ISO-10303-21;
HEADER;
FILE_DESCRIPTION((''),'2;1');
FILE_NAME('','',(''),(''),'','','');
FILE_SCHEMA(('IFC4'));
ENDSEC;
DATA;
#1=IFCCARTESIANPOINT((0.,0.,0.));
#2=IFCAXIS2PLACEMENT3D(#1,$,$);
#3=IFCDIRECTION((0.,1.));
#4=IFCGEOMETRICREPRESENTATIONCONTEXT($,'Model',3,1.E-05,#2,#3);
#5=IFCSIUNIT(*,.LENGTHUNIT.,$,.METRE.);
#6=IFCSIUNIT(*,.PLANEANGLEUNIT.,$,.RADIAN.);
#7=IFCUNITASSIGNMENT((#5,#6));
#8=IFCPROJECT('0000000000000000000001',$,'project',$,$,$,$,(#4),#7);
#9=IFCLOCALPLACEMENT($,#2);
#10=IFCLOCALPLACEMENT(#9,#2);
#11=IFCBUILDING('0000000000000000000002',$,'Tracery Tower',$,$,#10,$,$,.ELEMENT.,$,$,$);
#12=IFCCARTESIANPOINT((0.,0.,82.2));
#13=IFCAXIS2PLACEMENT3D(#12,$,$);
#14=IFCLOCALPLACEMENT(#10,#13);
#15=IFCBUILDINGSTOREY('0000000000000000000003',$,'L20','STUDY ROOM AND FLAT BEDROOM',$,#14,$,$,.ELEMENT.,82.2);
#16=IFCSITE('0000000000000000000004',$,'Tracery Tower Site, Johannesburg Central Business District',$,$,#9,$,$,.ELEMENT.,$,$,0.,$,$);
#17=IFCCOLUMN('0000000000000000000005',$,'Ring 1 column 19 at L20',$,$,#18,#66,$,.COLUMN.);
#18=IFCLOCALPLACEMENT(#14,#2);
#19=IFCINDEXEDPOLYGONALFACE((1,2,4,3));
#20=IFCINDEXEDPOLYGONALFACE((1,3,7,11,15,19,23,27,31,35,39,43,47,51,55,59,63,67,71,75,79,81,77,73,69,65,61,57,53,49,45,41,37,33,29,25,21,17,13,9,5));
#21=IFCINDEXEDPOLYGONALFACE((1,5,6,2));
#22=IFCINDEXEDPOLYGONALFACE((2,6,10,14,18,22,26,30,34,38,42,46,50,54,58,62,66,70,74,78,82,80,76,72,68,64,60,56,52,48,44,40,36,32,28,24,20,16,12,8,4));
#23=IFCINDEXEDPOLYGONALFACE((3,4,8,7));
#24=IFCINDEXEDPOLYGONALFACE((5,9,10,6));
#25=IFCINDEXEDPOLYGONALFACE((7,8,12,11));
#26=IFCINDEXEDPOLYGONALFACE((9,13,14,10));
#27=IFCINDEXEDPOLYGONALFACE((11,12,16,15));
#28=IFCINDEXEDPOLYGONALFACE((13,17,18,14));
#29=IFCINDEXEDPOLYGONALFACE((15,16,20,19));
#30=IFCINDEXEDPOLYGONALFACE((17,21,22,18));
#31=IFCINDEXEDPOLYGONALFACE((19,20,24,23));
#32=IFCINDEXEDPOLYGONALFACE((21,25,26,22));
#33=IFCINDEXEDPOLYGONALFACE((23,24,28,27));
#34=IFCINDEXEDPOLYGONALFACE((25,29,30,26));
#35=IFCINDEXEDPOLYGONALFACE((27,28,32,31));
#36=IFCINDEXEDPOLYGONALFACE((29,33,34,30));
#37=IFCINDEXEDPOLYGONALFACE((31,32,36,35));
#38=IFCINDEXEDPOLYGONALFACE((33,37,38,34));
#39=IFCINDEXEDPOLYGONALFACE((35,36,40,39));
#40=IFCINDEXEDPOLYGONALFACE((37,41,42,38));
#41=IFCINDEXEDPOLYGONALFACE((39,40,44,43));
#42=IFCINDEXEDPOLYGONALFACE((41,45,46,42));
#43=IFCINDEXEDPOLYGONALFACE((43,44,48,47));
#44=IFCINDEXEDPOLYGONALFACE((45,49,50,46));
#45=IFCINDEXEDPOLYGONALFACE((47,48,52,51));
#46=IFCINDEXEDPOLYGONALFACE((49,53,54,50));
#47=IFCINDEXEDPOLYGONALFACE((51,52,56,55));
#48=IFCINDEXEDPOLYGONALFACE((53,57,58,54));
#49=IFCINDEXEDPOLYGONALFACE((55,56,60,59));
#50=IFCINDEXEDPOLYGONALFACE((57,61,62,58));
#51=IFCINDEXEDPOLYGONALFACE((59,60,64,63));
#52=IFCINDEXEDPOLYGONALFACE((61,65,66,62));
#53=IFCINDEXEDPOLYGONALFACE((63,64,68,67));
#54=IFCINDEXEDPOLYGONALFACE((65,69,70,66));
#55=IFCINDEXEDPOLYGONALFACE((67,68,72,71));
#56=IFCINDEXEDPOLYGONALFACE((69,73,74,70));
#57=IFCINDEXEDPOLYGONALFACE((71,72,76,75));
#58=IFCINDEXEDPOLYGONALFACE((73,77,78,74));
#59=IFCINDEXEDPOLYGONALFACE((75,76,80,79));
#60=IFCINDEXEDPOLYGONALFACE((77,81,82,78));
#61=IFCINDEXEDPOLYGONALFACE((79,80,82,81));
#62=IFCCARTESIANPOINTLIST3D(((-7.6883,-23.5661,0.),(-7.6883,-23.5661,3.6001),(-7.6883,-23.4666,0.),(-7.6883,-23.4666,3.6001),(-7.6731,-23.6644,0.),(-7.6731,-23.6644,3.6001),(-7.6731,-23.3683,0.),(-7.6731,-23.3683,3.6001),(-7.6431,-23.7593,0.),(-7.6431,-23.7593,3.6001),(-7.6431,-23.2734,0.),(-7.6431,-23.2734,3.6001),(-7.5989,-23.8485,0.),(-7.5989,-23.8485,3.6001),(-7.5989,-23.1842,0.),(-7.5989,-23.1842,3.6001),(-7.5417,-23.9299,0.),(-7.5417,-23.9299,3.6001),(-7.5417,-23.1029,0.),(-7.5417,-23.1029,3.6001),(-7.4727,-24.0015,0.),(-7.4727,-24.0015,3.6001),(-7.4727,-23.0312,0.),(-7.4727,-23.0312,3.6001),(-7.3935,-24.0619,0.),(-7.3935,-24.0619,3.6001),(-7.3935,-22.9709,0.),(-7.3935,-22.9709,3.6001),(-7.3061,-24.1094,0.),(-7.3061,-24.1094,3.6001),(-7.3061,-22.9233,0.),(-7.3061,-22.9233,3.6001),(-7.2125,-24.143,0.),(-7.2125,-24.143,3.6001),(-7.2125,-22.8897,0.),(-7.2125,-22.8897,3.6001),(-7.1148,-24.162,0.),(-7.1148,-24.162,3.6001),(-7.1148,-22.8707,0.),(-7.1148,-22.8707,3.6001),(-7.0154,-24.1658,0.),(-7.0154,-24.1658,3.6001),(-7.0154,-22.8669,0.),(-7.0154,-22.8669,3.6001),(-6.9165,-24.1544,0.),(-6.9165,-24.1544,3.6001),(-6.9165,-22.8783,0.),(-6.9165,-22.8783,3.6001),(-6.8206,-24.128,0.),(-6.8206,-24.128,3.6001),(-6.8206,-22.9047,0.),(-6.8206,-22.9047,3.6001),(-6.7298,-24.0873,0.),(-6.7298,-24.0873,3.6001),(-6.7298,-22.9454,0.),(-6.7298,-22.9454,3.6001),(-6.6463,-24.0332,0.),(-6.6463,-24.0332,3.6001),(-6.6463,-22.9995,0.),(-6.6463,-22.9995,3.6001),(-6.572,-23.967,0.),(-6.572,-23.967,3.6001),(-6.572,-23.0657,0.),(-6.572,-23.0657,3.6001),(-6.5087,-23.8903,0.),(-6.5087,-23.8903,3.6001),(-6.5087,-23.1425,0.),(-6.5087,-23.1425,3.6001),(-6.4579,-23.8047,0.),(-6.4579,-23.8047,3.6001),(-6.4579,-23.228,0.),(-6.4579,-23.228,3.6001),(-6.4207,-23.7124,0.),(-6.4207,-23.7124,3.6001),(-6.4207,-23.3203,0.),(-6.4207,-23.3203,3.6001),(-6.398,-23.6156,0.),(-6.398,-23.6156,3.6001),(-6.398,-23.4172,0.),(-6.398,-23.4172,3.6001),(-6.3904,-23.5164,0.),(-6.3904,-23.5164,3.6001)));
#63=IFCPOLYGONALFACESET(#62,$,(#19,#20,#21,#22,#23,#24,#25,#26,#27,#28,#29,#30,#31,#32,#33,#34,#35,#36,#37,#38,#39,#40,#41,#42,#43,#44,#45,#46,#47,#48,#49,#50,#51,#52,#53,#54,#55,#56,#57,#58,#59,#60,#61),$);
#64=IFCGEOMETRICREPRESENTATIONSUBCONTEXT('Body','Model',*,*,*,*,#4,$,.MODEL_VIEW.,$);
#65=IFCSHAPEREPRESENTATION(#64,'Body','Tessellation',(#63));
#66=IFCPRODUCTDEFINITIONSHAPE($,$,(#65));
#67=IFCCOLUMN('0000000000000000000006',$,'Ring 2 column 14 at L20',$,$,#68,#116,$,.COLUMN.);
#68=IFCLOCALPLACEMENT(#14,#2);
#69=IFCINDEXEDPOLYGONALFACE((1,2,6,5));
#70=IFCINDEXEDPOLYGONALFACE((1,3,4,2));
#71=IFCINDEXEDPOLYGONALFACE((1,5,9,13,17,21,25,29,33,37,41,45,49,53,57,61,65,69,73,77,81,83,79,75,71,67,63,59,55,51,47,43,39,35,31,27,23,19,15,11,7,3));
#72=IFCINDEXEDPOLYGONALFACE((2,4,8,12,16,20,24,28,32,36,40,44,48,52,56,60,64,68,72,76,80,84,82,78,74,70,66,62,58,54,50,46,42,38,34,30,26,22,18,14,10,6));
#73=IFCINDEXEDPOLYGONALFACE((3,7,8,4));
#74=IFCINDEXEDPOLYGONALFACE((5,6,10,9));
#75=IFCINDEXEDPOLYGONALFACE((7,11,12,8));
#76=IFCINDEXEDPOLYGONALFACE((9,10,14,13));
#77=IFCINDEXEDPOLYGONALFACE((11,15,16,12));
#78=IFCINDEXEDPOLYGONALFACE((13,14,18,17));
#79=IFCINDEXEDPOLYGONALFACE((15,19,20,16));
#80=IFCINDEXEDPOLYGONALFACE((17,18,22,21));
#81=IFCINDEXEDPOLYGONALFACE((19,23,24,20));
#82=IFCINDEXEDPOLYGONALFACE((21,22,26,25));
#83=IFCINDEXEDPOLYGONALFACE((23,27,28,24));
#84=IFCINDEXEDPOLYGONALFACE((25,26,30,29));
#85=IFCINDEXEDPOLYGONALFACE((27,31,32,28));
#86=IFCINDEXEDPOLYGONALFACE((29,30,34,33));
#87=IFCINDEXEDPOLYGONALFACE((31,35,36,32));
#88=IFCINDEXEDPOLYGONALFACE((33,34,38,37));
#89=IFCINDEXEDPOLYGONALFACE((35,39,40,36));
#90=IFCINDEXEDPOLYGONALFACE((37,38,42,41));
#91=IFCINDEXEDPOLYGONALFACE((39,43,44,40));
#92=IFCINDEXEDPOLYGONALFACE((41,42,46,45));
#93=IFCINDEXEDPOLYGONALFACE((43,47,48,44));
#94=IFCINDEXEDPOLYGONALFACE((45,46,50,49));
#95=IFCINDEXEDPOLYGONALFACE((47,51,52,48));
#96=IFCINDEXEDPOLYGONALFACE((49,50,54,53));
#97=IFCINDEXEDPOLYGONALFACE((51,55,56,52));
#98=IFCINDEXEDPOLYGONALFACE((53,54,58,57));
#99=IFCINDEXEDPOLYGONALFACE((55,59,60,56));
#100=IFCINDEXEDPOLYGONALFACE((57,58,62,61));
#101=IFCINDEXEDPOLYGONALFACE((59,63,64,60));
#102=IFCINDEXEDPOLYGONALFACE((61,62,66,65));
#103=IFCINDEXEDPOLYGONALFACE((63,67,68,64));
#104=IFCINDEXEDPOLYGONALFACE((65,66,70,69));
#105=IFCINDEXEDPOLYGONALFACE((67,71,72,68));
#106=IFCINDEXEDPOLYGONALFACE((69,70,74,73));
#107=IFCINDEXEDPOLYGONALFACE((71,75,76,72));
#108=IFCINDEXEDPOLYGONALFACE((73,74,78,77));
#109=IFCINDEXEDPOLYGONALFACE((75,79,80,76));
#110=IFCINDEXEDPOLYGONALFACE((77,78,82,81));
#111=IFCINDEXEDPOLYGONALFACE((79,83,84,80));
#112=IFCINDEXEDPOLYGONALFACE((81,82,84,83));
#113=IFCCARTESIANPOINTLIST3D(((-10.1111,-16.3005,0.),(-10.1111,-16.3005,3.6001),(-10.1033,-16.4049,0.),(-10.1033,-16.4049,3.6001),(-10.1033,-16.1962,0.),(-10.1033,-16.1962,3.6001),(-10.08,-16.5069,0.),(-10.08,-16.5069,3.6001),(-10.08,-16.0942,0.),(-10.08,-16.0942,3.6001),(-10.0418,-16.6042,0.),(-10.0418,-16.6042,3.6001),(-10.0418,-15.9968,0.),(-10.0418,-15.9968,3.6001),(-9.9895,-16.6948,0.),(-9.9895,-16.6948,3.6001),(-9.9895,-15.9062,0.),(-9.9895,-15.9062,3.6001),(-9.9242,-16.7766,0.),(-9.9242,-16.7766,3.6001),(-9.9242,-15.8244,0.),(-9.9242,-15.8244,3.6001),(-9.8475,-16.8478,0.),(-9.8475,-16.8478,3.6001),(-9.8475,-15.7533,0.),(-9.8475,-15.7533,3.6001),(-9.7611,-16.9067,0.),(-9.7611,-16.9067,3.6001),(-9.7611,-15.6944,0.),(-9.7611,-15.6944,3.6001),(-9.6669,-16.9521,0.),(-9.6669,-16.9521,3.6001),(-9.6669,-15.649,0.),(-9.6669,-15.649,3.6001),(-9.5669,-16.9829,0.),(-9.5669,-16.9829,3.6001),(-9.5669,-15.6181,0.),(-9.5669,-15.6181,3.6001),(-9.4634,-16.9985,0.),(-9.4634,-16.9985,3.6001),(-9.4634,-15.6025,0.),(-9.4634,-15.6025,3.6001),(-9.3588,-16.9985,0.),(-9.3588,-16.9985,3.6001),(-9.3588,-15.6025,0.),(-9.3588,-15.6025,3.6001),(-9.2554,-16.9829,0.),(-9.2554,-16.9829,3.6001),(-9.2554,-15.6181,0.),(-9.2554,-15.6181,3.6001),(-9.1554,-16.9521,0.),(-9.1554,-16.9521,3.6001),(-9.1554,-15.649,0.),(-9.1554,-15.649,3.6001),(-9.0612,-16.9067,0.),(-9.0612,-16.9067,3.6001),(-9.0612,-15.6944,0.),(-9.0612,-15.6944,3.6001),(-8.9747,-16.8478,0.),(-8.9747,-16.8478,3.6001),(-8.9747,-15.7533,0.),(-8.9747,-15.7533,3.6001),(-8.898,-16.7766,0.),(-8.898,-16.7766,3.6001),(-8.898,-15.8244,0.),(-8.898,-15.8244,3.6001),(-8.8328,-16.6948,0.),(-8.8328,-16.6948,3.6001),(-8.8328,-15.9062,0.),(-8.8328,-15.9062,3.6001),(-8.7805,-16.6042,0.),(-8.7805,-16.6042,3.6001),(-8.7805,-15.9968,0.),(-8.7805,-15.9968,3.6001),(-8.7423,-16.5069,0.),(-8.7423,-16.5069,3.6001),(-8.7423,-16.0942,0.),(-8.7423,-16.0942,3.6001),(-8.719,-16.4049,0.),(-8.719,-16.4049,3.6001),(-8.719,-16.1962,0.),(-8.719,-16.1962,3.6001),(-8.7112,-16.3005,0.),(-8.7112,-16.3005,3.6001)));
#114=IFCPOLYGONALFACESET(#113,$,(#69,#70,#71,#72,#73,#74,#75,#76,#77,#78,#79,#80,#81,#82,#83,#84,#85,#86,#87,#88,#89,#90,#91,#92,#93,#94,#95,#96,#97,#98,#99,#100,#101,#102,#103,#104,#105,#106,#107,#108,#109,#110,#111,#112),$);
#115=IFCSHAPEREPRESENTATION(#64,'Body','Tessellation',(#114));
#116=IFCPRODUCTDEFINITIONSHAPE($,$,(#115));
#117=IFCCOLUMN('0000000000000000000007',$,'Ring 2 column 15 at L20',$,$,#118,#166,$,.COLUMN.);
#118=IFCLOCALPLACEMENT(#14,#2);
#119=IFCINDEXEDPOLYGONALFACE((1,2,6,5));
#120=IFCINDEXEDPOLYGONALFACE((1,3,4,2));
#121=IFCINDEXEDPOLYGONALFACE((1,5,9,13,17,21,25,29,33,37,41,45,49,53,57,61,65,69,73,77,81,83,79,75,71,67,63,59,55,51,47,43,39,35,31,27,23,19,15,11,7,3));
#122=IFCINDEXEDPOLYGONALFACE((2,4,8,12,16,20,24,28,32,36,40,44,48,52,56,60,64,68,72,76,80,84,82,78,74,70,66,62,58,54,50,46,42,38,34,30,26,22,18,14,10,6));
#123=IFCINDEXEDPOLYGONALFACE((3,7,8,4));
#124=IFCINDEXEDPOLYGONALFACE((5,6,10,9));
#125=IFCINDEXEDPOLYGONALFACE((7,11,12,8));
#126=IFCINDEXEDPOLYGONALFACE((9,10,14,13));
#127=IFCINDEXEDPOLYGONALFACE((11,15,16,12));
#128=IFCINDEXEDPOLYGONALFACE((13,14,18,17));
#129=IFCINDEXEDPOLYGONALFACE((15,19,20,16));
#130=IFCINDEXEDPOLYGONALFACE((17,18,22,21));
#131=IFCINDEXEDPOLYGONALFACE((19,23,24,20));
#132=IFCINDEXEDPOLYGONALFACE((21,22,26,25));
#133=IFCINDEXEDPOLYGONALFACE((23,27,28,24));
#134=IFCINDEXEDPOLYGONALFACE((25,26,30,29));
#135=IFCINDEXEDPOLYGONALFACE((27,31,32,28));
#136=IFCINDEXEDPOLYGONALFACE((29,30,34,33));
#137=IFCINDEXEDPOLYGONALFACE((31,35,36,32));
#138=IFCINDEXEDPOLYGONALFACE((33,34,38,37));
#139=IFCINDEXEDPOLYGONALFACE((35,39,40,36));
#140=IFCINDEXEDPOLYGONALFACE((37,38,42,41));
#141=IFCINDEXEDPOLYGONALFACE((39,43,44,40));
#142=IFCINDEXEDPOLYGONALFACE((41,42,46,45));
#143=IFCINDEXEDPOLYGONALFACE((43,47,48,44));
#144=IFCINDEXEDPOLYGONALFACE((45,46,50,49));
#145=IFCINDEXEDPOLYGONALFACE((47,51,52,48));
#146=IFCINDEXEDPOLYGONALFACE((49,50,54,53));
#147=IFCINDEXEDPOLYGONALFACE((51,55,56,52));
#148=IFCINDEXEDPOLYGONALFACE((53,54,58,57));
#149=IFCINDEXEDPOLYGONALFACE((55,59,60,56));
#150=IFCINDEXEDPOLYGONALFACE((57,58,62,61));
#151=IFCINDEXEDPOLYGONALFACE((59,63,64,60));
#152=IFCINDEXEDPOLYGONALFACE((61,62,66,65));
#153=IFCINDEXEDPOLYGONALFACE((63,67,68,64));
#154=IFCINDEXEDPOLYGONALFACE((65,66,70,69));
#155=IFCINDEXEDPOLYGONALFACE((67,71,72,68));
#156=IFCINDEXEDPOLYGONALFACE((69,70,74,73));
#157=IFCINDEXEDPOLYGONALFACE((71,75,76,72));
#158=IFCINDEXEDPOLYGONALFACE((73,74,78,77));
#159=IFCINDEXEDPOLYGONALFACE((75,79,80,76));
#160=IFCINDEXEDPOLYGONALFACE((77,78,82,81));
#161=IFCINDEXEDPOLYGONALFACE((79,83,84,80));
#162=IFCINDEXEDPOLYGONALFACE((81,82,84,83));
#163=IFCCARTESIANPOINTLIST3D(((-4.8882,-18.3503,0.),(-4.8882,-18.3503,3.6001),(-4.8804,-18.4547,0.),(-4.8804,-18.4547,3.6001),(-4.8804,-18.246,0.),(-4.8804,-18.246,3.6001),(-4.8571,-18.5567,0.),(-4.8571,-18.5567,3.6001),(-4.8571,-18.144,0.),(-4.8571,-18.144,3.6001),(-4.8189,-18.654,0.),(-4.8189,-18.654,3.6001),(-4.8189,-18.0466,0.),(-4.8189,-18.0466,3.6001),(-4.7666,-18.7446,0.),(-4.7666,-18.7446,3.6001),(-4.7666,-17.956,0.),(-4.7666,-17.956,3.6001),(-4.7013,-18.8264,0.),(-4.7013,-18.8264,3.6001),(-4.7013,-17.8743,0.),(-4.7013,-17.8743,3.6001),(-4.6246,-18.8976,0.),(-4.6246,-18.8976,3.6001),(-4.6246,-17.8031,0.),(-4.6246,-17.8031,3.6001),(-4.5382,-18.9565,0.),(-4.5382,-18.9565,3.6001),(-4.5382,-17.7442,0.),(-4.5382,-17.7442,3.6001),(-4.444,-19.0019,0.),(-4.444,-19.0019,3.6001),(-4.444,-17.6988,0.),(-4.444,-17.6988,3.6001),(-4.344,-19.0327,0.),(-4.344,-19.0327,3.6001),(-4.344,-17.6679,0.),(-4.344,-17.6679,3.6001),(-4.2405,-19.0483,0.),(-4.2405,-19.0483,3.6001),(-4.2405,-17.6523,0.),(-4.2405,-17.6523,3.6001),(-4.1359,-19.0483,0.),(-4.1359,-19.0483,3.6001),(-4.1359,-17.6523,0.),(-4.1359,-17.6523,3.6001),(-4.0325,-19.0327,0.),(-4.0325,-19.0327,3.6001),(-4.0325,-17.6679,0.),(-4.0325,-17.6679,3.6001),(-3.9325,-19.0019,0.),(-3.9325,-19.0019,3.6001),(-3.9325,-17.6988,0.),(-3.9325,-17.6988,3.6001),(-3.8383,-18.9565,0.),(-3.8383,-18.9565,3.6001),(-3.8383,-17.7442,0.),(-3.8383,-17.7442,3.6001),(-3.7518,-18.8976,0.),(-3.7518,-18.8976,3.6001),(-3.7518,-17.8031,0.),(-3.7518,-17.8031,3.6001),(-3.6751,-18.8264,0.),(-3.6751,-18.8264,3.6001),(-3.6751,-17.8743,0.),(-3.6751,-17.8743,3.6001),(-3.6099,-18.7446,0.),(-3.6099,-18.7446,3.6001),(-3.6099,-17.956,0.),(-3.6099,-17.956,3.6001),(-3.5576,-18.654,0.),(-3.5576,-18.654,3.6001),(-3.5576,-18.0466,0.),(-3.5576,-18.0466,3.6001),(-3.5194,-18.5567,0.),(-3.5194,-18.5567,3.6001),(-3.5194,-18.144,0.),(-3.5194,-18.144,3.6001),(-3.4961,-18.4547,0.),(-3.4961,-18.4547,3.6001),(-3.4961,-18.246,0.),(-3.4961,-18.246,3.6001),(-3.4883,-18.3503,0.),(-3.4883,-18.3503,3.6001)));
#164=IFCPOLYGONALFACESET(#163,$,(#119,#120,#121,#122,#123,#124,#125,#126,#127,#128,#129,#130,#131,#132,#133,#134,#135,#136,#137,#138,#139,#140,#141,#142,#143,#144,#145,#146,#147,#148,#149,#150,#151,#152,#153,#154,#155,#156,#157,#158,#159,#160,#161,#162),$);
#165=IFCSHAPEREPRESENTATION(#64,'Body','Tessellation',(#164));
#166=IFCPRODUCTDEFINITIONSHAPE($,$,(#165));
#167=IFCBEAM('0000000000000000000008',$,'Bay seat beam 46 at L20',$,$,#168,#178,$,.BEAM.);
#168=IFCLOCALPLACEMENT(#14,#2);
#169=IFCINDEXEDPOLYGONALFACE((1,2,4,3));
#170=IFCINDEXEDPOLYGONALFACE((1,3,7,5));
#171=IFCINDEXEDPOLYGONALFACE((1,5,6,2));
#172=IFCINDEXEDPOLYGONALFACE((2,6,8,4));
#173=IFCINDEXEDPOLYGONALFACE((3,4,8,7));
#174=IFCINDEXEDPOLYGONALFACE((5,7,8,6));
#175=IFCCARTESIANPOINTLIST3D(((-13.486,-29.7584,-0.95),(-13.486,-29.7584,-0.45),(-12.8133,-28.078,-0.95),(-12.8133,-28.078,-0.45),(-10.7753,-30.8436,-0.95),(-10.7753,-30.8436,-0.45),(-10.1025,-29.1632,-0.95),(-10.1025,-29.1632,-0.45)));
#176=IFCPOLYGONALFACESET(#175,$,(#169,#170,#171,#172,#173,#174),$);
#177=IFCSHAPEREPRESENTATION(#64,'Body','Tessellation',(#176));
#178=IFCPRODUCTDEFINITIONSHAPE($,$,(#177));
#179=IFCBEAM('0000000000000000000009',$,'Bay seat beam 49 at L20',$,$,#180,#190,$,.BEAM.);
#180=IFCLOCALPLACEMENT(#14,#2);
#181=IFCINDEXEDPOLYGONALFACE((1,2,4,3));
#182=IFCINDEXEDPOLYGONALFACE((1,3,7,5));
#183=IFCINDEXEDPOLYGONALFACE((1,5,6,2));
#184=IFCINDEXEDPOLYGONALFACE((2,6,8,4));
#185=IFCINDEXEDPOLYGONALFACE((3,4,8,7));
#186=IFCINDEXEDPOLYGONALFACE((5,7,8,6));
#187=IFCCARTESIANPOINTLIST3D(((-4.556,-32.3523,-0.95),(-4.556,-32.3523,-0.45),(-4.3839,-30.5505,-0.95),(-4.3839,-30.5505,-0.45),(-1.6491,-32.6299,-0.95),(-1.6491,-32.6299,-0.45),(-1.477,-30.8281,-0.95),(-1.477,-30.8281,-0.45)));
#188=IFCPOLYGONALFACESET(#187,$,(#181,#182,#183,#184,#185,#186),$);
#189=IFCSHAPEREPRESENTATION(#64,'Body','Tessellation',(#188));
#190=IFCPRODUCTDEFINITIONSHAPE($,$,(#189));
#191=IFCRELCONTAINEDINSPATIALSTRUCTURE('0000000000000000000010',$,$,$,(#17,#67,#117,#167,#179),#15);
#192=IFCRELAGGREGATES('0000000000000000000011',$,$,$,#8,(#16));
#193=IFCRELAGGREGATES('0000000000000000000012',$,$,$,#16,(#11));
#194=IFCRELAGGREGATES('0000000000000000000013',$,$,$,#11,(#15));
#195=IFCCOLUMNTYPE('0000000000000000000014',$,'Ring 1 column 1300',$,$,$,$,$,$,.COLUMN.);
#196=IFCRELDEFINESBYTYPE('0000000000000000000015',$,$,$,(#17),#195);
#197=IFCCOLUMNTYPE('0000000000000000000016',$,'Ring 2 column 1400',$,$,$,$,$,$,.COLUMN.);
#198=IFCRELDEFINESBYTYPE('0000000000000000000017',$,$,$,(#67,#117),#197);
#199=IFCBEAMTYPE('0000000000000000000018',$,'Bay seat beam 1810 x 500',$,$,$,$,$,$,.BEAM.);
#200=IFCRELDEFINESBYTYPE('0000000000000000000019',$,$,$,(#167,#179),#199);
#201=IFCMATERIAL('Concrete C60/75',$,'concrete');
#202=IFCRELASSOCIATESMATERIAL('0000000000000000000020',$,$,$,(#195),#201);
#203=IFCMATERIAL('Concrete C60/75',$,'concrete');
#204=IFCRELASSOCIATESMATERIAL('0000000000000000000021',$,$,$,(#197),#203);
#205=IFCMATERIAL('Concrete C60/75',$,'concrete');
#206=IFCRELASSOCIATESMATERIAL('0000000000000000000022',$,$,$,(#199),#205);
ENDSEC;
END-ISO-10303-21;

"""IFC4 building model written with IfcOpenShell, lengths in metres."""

from ifc_helpers import new_model, si_unit, direction, frame, origin, origin_2d, place, context, subcontext, project, spatial, rectangle, circle, extrude, material, material_profile, profile_set, type_object, element, save


model = new_model("IFC4")

# Units and contexts
model_context = context("Model", 3, precision=1e-05, world=origin(), true_north=direction((0.0, 1.0)))
body_context = subcontext(model_context, "Body", "Model", "MODEL_VIEW")
ifc_project = project(units=[si_unit("LENGTHUNIT", "METRE"), si_unit("PLANEANGLEUNIT", "RADIAN")], contexts=[model_context])

# Site, building, storey
site_placement = place(None, origin())
site = spatial("IfcSite", under=ifc_project, at=site_placement, Name="Tracery Tower Site, Johannesburg Central Business District", CompositionType="ELEMENT", RefElevation=0.0)
building_placement = place(site_placement, origin())
building = spatial("IfcBuilding", under=site, at=building_placement, Name="Tracery Tower", CompositionType="ELEMENT")
storey_placement = place(building_placement, frame((0.0, 0.0, 82.2)))
storey = spatial("IfcBuildingStorey", under=building, at=storey_placement, Name="L20", Description="STUDY ROOM AND FLAT BEDROOM", CompositionType="ELEMENT", Elevation=82.2)

# Columns
ifc_material_1 = material(Name="Concrete C60/75", Category="concrete")
ifc_material_profile_1 = material_profile(ifc_material_1, circle(Radius=0.6499, at=origin_2d()), Name="RC D1300")
ifc_profile_set_1 = profile_set([ifc_material_profile_1], Name="Concrete C60/75")
column_type_1 = type_object("IfcColumnType", Name="Ring 1 column 1300", PredefinedType="COLUMN", material=ifc_profile_set_1)
for number, where, z_axis, x_axis, name in (
    (1, (-7.0403, -23.5164, 0.0), (0.0, 0.0, 1.0), (1.0, 0.0, 0.0), "Ring 1 column 19 at L20"),
):
    element("IfcColumn", number, at=place(storey_placement, frame(where, z_axis=z_axis, x_axis=x_axis)), inside=storey, type_object=column_type_1, Name=name, PredefinedType="COLUMN", context=body_context, shape_type="SweptSolid", body=[
        extrude(circle(Radius=0.6499, at=origin_2d()), origin(), (0.0, 0.0, 1.0), 3.6001),
    ])
ifc_material_2 = material(Name="Concrete C60/75", Category="concrete")
ifc_material_profile_2 = material_profile(ifc_material_2, circle(Radius=0.7, at=origin_2d()), Name="RC D1400")
ifc_profile_set_2 = profile_set([ifc_material_profile_2], Name="Concrete C60/75")
column_type_2 = type_object("IfcColumnType", Name="Ring 2 column 1400", PredefinedType="COLUMN", material=ifc_profile_set_2)
for number, where, z_axis, x_axis, name in (
    (2, (-9.4111, -16.3005, 0.0), (0.0, 0.0, 1.0), (1.0, 0.0, 0.0), "Ring 2 column 14 at L20"),
    (3, (-4.1882, -18.3503, 0.0), (0.0, 0.0, 1.0), (1.0, 0.0, 0.0), "Ring 2 column 15 at L20"),
):
    element("IfcColumn", number, at=place(storey_placement, frame(where, z_axis=z_axis, x_axis=x_axis)), inside=storey, type_object=column_type_2, Name=name, PredefinedType="COLUMN", context=body_context, shape_type="SweptSolid", body=[
        extrude(circle(Radius=0.7, at=origin_2d()), origin(), (0.0, 0.0, 1.0), 3.6001),
    ])

# Beams
ifc_material_3 = material(Name="Concrete C60/75", Category="concrete")
ifc_material_profile_3 = material_profile(ifc_material_3, rectangle(XDim=1.8101, YDim=0.5, at=origin_2d()), Name="RC 1810x500")
ifc_profile_set_3 = profile_set([ifc_material_profile_3], Name="Concrete C60/75")
beam_type_1 = type_object("IfcBeamType", Name="Bay seat beam 1810 x 500", PredefinedType="BEAM", material=ifc_profile_set_3)
beam_1_placement = place(storey_placement, frame((-13.1497, -28.9182, -0.7), z_axis=(0.928367, -0.371665, 0.0), x_axis=(0.371665, 0.928367, 0.0)))
element("IfcBeam", 4, at=beam_1_placement, inside=storey, type_object=beam_type_1, Name="Bay seat beam 46 at L20", PredefinedType="BEAM", context=body_context, shape_type="SweptSolid", body=[
    extrude(rectangle(XDim=1.8101, YDim=0.5, at=origin_2d()), origin(), (0.0, 0.0, 1.0), 2.9199),
])
beam_2_placement = place(storey_placement, frame((-4.47, -31.4514, -0.7), z_axis=(0.995472, -0.095058, 0.0), x_axis=(0.095058, 0.995472, 0.0)))
element("IfcBeam", 5, at=beam_2_placement, inside=storey, type_object=beam_type_1, Name="Bay seat beam 49 at L20", PredefinedType="BEAM", context=body_context, shape_type="SweptSolid", body=[
    extrude(rectangle(XDim=1.8101, YDim=0.5, at=origin_2d()), origin(), (0.0, 0.0, 1.0), 2.9202),
])

save(model, "model.ifc")
